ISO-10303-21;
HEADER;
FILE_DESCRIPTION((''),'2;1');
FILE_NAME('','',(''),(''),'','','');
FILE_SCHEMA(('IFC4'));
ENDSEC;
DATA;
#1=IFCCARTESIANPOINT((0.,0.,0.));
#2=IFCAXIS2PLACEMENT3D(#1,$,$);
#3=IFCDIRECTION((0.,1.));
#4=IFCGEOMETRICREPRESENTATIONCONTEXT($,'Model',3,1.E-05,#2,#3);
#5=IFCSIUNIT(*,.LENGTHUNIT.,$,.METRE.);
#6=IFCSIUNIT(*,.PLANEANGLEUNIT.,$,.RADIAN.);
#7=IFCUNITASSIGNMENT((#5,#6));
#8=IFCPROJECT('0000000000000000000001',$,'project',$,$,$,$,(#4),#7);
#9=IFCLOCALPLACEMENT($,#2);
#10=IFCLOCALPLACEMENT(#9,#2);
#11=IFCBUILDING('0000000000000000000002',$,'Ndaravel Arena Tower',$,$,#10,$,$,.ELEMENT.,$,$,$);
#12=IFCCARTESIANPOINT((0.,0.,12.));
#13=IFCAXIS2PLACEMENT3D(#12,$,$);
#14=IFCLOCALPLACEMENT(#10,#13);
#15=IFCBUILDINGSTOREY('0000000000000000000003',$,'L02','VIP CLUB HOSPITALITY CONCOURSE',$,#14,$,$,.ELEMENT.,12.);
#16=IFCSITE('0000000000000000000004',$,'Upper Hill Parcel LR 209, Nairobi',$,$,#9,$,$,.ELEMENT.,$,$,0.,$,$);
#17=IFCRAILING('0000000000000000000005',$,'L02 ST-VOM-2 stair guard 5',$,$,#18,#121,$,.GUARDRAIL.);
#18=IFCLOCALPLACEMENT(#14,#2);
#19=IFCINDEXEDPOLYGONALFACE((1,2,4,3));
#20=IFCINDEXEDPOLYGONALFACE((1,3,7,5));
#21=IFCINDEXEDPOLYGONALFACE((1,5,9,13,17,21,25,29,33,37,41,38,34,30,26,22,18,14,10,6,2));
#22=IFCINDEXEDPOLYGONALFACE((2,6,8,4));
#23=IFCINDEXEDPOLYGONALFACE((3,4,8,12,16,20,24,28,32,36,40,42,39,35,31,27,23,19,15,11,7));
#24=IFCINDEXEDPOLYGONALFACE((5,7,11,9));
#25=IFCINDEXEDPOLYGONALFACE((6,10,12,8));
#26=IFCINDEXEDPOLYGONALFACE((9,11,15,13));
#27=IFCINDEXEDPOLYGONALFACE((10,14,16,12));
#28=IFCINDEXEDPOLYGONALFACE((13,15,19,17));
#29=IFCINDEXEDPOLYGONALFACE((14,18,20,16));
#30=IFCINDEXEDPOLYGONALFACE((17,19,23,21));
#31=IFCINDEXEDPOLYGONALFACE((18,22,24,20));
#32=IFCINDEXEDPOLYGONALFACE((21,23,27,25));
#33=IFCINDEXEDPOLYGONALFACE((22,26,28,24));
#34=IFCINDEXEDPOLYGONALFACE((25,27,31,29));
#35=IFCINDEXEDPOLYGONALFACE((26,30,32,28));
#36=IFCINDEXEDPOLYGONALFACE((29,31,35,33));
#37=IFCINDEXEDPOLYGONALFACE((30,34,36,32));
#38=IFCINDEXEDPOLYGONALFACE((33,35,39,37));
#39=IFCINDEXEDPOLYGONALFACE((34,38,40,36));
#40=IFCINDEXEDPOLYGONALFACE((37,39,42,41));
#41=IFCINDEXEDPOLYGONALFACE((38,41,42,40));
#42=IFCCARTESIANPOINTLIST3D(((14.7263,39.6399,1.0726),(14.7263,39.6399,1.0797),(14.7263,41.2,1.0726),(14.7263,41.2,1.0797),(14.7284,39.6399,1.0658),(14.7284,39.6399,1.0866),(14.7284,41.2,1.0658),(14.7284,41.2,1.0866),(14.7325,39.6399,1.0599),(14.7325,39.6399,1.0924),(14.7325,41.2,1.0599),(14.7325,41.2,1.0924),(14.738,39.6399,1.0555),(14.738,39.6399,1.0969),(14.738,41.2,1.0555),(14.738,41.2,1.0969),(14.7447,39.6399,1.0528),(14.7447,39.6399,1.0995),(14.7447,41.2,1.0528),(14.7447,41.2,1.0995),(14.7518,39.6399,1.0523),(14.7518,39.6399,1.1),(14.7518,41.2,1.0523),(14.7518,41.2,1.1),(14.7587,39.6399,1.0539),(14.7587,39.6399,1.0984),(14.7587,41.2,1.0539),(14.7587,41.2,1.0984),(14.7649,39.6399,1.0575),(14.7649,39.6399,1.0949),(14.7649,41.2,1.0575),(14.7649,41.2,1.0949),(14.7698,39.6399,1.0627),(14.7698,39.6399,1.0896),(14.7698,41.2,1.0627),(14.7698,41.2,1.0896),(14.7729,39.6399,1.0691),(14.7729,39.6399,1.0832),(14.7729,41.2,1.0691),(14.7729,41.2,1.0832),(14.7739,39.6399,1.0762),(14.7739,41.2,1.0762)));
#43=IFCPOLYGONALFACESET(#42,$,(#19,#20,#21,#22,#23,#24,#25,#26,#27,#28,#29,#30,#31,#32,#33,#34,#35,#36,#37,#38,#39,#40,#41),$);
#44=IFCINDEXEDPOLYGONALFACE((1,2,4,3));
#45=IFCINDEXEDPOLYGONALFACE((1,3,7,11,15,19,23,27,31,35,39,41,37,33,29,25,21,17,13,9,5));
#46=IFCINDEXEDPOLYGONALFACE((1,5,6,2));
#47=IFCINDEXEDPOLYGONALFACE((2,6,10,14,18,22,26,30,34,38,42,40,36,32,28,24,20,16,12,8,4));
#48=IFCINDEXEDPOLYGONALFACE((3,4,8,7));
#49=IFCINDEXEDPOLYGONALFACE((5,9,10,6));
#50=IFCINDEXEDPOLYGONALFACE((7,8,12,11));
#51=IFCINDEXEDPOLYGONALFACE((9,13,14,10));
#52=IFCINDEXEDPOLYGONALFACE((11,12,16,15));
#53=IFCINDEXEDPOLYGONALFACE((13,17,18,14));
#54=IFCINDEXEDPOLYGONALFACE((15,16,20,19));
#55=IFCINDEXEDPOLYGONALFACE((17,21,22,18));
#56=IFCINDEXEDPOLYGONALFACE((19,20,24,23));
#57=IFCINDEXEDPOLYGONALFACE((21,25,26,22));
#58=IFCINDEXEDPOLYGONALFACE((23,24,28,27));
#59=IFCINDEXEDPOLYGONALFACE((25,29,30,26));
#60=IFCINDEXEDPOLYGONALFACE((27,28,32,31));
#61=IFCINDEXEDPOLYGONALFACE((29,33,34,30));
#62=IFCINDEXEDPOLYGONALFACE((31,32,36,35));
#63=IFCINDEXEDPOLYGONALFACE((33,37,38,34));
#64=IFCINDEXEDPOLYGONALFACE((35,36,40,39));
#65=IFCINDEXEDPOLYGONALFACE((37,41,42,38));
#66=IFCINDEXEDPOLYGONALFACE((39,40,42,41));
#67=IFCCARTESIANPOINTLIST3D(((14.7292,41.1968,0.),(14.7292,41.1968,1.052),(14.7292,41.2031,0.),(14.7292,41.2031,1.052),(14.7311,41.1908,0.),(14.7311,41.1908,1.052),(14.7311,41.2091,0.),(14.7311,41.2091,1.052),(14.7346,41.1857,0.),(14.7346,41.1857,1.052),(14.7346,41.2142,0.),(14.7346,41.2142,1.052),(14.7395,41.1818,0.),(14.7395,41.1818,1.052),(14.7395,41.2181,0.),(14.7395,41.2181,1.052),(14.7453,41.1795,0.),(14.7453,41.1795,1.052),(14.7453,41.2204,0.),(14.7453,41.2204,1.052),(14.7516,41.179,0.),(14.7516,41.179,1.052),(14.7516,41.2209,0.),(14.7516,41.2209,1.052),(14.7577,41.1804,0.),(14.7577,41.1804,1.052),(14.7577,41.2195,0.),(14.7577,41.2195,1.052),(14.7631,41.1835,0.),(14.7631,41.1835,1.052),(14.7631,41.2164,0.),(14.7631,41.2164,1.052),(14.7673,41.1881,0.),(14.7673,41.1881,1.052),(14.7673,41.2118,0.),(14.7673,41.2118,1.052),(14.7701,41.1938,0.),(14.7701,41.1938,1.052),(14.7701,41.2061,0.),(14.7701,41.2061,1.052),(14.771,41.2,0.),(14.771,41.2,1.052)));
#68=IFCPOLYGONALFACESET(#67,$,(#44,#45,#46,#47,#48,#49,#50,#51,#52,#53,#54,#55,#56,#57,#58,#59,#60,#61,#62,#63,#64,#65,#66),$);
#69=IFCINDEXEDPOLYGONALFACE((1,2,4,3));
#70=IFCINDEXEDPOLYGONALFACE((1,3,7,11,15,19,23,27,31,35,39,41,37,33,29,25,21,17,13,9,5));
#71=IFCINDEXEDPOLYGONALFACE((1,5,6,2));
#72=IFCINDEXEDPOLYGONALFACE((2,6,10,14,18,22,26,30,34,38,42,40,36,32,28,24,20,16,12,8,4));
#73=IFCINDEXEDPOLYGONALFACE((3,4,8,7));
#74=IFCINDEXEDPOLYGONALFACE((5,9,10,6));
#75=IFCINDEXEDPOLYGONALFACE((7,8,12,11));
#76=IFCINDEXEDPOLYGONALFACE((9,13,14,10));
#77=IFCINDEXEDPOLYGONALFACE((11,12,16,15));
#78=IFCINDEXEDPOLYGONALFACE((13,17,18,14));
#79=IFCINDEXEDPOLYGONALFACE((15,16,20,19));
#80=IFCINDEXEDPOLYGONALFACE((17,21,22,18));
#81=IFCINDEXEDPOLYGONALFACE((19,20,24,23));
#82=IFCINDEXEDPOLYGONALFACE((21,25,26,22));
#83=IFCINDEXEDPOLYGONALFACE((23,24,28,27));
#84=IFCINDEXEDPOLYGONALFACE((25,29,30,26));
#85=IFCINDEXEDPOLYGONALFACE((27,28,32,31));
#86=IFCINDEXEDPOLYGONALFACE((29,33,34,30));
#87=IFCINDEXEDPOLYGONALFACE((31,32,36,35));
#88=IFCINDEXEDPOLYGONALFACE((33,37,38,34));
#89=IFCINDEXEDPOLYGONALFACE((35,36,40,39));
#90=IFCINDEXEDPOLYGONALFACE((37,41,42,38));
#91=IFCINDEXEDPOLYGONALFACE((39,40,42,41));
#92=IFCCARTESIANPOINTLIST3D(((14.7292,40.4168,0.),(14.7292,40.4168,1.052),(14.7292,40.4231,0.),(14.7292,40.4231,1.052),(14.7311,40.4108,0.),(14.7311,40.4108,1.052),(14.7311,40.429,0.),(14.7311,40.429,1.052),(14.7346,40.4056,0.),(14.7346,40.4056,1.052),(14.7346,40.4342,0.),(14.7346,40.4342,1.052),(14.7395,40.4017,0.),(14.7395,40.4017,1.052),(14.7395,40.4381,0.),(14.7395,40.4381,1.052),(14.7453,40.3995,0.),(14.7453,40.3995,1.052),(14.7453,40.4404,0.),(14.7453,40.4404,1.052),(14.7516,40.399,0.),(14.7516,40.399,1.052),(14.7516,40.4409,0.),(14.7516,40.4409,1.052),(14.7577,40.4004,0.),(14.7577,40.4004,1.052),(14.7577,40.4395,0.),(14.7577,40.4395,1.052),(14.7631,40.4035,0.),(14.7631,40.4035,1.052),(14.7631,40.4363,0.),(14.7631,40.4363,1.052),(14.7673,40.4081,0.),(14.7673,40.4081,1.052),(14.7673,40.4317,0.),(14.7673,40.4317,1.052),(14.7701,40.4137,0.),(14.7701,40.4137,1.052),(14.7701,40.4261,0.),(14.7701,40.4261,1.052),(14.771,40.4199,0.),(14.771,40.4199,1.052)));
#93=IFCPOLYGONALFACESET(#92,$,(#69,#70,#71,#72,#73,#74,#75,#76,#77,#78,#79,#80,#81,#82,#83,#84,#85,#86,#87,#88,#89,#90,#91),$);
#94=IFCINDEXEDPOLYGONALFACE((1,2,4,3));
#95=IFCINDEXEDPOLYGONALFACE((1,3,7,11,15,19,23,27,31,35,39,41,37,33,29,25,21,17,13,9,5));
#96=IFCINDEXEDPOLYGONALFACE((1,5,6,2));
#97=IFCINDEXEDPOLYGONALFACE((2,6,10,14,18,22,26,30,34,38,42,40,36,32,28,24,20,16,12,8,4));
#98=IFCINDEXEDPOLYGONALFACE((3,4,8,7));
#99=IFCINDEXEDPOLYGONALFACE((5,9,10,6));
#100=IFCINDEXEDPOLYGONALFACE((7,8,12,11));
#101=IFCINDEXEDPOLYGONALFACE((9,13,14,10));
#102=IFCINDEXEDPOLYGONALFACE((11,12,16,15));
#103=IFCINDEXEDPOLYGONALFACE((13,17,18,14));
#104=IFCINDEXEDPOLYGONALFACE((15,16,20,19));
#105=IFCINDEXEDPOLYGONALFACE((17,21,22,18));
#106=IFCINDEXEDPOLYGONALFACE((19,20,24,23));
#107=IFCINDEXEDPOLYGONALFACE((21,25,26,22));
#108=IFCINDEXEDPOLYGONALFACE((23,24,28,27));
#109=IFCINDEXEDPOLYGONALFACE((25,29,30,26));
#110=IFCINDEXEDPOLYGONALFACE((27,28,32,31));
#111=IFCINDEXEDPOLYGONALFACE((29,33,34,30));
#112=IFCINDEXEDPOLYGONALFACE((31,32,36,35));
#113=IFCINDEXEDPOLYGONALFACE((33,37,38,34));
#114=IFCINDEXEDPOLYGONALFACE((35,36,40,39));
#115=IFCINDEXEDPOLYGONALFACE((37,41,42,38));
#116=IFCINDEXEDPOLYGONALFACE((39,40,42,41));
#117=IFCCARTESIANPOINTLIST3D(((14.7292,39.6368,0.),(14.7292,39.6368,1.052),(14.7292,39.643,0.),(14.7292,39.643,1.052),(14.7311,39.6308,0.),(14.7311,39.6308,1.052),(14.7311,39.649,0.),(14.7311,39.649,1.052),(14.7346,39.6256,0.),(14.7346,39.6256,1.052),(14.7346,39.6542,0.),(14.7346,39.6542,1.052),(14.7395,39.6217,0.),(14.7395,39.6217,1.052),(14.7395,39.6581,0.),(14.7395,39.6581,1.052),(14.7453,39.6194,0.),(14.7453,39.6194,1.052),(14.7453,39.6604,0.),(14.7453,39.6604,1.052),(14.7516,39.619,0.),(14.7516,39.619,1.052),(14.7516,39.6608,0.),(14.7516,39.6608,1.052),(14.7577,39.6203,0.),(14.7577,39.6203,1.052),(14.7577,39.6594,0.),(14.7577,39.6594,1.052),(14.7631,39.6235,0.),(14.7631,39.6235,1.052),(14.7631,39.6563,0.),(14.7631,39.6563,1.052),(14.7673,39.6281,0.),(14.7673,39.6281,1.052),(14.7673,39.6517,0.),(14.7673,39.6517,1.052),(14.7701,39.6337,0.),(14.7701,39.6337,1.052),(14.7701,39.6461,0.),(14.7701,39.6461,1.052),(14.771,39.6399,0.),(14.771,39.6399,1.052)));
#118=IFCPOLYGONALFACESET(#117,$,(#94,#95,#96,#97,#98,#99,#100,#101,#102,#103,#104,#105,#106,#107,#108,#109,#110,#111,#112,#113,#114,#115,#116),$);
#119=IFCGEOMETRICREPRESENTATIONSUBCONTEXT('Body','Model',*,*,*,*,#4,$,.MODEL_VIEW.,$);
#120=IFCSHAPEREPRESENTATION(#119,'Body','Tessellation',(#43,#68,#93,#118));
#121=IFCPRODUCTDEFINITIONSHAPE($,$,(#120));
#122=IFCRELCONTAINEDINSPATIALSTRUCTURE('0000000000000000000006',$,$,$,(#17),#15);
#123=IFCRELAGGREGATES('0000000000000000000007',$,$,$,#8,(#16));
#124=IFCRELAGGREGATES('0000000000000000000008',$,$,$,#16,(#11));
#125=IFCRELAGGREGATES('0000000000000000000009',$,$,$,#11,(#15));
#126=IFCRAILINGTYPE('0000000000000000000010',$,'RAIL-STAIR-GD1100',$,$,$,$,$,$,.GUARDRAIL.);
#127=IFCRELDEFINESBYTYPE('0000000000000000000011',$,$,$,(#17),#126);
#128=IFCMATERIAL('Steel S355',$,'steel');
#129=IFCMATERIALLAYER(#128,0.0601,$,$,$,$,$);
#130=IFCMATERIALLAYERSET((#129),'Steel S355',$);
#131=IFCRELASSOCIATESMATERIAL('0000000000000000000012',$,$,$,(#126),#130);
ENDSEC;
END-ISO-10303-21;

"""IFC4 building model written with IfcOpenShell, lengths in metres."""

from ifc_helpers import new_model, si_unit, direction, frame, origin, origin_2d, place, context, subcontext, project, spatial, circle, extrude, material, layer, layer_set, type_object, element, save


model = new_model("IFC4")

# Units and contexts
model_context = context("Model", 3, precision=1e-05, world=origin(), true_north=direction((0.0, 1.0)))
body_context = subcontext(model_context, "Body", "Model", "MODEL_VIEW")
ifc_project = project(units=[si_unit("LENGTHUNIT", "METRE"), si_unit("PLANEANGLEUNIT", "RADIAN")], contexts=[model_context])

# Site, building, storey
site_placement = place(None, origin())
site = spatial("IfcSite", under=ifc_project, at=site_placement, Name="Upper Hill Parcel LR 209, Nairobi", CompositionType="ELEMENT", RefElevation=0.0)
building_placement = place(site_placement, origin())
building = spatial("IfcBuilding", under=site, at=building_placement, Name="Ndaravel Arena Tower", CompositionType="ELEMENT")
storey_placement = place(building_placement, frame((0.0, 0.0, 12.0)))
storey = spatial("IfcBuildingStorey", under=building, at=storey_placement, Name="L02", Description="VIP CLUB HOSPITALITY CONCOURSE", CompositionType="ELEMENT", Elevation=12.0)

# Railing
ifc_material_1 = material(Name="Steel S355", Category="steel")
ifc_layer_1 = layer(ifc_material_1, 0.0601)
ifc_layer_set_1 = layer_set([ifc_layer_1], Name="Steel S355")
railing_type_1 = type_object("IfcRailingType", Name="RAIL-STAIR-GD1100", PredefinedType="GUARDRAIL", material=ifc_layer_set_1)
railing_1_placement = place(storey_placement, frame((14.75, 41.2, 0.0)))
element("IfcRailing", 1, at=railing_1_placement, inside=storey, type_object=railing_type_1, Name="L02 ST-VOM-2 stair guard 5", PredefinedType="GUARDRAIL", context=body_context, shape_type="SweptSolid", body=[
    extrude(circle(Radius=0.0239, at=origin_2d()), frame((0.0, 0.0, 1.0762), z_axis=(0.0, -1.0, 0.0), x_axis=(1.0, 0.0, 0.0)), (0.0, 0.0, 1.0), 1.5601),
    extrude(circle(Radius=0.021, at=origin_2d()), origin(), (0.0, 0.0, 1.0), 1.052),
    extrude(circle(Radius=0.021, at=origin_2d()), frame((0.0, -0.78, 0.0)), (0.0, 0.0, 1.0), 1.052),
    extrude(circle(Radius=0.021, at=origin_2d()), frame((0.0, -1.5601, 0.0)), (0.0, 0.0, 1.0), 1.052),
])

save(model, "model.ifc")
